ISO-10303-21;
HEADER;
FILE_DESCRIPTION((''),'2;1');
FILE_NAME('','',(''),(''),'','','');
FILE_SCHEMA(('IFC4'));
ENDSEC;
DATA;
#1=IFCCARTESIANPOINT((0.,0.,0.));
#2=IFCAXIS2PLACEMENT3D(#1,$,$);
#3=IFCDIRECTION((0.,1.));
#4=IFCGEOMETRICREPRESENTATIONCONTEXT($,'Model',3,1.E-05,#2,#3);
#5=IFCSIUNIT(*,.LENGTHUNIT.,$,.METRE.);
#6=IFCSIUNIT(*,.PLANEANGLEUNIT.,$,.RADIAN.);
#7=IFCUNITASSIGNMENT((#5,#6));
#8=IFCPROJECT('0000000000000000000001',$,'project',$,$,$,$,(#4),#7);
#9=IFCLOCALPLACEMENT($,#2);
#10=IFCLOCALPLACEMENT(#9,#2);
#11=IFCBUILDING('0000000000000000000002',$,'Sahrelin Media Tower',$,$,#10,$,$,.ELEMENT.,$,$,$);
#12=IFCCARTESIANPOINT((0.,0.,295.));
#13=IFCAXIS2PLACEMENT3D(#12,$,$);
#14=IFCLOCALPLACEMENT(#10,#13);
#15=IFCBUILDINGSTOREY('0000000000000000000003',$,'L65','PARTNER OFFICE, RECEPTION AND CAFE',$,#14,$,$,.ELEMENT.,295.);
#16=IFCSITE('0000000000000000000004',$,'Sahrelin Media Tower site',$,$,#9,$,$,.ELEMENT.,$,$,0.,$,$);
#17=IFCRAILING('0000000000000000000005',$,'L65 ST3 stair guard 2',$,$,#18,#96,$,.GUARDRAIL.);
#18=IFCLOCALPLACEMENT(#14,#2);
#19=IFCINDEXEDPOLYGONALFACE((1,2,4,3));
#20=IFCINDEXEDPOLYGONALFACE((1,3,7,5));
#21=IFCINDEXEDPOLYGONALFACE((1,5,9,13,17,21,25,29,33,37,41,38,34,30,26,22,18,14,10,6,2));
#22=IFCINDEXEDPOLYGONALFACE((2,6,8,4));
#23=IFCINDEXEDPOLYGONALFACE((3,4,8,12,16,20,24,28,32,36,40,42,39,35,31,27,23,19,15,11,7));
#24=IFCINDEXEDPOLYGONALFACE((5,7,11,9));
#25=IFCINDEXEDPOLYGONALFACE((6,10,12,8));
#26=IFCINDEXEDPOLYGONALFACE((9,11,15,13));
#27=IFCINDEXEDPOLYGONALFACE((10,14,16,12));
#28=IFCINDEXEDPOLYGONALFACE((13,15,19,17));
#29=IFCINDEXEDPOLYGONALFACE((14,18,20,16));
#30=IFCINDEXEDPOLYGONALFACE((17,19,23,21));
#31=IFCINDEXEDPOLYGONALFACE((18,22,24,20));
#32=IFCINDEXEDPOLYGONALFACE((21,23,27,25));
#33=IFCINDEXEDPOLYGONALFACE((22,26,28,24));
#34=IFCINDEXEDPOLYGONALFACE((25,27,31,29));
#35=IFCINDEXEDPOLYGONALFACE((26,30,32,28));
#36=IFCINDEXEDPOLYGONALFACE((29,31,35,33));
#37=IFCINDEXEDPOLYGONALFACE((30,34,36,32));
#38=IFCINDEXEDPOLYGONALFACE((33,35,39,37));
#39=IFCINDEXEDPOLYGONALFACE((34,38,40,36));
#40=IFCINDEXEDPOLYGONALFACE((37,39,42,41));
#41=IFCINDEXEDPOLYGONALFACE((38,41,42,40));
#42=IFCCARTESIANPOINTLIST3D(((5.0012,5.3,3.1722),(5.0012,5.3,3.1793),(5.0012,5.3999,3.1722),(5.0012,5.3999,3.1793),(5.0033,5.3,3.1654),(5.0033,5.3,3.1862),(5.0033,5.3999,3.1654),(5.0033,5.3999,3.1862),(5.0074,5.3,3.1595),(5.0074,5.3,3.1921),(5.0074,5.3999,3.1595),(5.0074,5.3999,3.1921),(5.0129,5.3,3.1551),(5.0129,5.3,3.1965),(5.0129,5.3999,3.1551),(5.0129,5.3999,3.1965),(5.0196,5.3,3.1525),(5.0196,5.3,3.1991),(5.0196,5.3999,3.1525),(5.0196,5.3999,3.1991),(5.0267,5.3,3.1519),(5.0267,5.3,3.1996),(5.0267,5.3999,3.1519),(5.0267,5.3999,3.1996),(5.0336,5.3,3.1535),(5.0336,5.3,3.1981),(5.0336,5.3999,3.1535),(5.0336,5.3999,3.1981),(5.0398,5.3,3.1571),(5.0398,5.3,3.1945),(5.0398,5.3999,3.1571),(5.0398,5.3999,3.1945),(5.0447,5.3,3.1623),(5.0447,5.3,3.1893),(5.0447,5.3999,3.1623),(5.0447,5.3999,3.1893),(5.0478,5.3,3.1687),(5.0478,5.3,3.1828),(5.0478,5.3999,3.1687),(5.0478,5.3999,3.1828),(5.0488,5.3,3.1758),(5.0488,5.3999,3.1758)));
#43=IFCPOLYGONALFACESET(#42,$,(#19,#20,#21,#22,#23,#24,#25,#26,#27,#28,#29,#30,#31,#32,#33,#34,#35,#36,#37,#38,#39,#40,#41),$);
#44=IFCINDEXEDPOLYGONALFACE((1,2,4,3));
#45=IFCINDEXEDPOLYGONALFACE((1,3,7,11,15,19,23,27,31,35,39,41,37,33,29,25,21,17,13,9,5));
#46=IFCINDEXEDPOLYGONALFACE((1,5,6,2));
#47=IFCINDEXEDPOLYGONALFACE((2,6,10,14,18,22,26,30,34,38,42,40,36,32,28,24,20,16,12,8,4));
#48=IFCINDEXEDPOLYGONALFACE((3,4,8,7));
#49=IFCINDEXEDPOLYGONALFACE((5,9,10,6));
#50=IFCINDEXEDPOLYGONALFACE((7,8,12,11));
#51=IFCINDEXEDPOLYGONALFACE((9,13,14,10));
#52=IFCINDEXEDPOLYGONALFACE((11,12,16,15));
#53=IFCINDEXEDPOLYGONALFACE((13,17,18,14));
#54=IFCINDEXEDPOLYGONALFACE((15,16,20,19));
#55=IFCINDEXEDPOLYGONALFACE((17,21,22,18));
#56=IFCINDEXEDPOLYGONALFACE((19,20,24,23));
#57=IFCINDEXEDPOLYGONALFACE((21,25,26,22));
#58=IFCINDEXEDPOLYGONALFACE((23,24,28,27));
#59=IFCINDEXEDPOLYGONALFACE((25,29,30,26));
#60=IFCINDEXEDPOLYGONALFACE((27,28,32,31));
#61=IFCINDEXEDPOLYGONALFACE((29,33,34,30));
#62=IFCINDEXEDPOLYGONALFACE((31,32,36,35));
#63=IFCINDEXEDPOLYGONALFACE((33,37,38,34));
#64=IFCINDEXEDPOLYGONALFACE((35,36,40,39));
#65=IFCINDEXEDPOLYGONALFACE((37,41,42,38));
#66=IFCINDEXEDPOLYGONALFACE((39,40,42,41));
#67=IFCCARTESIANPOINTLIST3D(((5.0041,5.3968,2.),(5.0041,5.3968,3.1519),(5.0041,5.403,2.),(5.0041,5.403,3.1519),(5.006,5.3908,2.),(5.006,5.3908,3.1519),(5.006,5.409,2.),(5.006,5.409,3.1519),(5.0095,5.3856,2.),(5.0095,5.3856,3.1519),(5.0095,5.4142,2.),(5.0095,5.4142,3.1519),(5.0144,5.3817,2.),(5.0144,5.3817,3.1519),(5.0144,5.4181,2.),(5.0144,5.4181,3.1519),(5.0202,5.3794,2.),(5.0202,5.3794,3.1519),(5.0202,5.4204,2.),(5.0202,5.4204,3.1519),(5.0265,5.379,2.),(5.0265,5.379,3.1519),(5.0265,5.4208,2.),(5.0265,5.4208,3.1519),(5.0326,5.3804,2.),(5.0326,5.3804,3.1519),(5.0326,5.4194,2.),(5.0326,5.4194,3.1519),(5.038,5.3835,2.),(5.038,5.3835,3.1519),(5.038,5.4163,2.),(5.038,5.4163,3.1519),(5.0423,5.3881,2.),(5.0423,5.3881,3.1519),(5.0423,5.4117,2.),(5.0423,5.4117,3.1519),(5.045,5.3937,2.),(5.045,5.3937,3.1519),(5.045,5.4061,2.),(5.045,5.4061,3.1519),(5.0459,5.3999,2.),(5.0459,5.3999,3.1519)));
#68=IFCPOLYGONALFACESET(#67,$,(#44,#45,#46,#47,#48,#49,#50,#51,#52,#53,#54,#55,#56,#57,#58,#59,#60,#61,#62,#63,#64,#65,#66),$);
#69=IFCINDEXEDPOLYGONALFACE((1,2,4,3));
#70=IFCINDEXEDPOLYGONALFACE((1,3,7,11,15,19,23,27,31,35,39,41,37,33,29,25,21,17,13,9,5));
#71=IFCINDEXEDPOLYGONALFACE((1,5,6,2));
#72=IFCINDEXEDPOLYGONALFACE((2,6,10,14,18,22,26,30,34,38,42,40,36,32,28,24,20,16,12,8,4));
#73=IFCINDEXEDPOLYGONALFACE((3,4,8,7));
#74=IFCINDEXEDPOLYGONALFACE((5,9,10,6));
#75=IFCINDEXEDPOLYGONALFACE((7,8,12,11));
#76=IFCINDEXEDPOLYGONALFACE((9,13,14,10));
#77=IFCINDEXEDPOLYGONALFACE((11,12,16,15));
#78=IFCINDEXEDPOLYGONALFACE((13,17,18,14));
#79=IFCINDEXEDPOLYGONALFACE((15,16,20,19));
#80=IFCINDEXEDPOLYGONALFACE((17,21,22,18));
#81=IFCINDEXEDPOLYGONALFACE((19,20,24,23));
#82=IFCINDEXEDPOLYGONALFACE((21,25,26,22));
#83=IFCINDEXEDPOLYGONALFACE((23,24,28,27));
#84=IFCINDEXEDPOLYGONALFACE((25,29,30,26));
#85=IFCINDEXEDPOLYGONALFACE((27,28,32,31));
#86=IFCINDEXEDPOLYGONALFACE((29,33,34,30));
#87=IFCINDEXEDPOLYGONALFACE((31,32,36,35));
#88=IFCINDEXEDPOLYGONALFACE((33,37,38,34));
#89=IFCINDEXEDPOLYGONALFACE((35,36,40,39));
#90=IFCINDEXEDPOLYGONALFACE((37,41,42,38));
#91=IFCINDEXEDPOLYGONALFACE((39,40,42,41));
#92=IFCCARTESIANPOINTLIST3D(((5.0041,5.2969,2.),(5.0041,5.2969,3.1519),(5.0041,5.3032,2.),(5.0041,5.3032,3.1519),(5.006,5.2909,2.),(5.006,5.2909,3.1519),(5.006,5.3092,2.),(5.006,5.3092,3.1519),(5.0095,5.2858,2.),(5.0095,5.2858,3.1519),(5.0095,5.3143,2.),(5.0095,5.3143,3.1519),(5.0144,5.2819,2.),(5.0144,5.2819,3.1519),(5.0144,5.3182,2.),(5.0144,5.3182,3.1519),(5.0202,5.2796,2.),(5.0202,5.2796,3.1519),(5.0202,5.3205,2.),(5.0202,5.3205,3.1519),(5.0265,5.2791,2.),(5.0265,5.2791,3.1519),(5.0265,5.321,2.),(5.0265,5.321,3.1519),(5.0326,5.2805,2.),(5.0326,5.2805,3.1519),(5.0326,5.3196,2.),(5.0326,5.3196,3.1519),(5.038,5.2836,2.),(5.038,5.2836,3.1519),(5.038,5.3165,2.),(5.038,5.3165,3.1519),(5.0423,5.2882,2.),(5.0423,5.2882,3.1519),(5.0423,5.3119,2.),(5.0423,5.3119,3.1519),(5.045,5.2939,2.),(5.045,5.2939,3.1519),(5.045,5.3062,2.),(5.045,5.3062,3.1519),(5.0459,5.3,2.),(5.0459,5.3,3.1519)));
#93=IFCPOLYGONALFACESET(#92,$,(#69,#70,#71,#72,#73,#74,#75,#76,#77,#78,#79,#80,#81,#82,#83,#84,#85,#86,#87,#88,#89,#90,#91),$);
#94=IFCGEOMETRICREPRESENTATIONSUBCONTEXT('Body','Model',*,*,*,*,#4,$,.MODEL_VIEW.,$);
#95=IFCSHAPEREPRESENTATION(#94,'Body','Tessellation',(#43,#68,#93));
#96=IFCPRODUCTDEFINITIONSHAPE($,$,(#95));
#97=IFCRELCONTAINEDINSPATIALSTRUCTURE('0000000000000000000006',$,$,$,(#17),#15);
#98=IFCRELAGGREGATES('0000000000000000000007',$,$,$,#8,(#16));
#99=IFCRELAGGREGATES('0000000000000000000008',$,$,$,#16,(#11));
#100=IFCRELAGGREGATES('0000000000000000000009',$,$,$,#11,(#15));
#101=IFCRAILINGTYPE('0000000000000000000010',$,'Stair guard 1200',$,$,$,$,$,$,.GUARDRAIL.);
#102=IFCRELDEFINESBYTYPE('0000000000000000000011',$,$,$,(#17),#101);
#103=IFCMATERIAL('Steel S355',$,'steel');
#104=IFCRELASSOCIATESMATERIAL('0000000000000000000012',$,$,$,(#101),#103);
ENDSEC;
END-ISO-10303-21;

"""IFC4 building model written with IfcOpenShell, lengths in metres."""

from ifc_helpers import new_model, si_unit, direction, frame, origin, origin_2d, place, context, subcontext, project, spatial, circle, extrude, material, type_object, element, save


model = new_model("IFC4")

# Units and contexts
model_context = context("Model", 3, precision=1e-05, world=origin(), true_north=direction((0.0, 1.0)))
body_context = subcontext(model_context, "Body", "Model", "MODEL_VIEW")
ifc_project = project(units=[si_unit("LENGTHUNIT", "METRE"), si_unit("PLANEANGLEUNIT", "RADIAN")], contexts=[model_context])

# Site, building, storey
site_placement = place(None, origin())
site = spatial("IfcSite", under=ifc_project, at=site_placement, Name="Sahrelin Media Tower site", CompositionType="ELEMENT", RefElevation=0.0)
building_placement = place(site_placement, origin())
building = spatial("IfcBuilding", under=site, at=building_placement, Name="Sahrelin Media Tower", CompositionType="ELEMENT")
storey_placement = place(building_placement, frame((0.0, 0.0, 295.0)))
storey = spatial("IfcBuildingStorey", under=building, at=storey_placement, Name="L65", Description="PARTNER OFFICE, RECEPTION AND CAFE", CompositionType="ELEMENT", Elevation=295.0)

# Shared definitions
ifc_material_1 = material(Name="Steel S355", Category="steel")

# Railing
railing_type_1 = type_object("IfcRailingType", Name="Stair guard 1200", PredefinedType="GUARDRAIL", material=ifc_material_1)
railing_1_placement = place(storey_placement, frame((5.0249, 5.3999, 2.0)))
element("IfcRailing", 1, at=railing_1_placement, inside=storey, type_object=railing_type_1, Name="L65 ST3 stair guard 2", PredefinedType="GUARDRAIL", context=body_context, shape_type="SweptSolid", body=[
    extrude(circle(Radius=0.0239, at=origin_2d()), frame((0.0, 0.0, 1.1758), z_axis=(0.0, -1.0, 0.0), x_axis=(1.0, 0.0, 0.0)), (0.0, 0.0, 1.0), 0.0999),
    extrude(circle(Radius=0.021, at=origin_2d()), origin(), (0.0, 0.0, 1.0), 1.1519),
    extrude(circle(Radius=0.021, at=origin_2d()), frame((0.0, -0.0999, 0.0)), (0.0, 0.0, 1.0), 1.1519),
])

save(model, "model.ifc")
